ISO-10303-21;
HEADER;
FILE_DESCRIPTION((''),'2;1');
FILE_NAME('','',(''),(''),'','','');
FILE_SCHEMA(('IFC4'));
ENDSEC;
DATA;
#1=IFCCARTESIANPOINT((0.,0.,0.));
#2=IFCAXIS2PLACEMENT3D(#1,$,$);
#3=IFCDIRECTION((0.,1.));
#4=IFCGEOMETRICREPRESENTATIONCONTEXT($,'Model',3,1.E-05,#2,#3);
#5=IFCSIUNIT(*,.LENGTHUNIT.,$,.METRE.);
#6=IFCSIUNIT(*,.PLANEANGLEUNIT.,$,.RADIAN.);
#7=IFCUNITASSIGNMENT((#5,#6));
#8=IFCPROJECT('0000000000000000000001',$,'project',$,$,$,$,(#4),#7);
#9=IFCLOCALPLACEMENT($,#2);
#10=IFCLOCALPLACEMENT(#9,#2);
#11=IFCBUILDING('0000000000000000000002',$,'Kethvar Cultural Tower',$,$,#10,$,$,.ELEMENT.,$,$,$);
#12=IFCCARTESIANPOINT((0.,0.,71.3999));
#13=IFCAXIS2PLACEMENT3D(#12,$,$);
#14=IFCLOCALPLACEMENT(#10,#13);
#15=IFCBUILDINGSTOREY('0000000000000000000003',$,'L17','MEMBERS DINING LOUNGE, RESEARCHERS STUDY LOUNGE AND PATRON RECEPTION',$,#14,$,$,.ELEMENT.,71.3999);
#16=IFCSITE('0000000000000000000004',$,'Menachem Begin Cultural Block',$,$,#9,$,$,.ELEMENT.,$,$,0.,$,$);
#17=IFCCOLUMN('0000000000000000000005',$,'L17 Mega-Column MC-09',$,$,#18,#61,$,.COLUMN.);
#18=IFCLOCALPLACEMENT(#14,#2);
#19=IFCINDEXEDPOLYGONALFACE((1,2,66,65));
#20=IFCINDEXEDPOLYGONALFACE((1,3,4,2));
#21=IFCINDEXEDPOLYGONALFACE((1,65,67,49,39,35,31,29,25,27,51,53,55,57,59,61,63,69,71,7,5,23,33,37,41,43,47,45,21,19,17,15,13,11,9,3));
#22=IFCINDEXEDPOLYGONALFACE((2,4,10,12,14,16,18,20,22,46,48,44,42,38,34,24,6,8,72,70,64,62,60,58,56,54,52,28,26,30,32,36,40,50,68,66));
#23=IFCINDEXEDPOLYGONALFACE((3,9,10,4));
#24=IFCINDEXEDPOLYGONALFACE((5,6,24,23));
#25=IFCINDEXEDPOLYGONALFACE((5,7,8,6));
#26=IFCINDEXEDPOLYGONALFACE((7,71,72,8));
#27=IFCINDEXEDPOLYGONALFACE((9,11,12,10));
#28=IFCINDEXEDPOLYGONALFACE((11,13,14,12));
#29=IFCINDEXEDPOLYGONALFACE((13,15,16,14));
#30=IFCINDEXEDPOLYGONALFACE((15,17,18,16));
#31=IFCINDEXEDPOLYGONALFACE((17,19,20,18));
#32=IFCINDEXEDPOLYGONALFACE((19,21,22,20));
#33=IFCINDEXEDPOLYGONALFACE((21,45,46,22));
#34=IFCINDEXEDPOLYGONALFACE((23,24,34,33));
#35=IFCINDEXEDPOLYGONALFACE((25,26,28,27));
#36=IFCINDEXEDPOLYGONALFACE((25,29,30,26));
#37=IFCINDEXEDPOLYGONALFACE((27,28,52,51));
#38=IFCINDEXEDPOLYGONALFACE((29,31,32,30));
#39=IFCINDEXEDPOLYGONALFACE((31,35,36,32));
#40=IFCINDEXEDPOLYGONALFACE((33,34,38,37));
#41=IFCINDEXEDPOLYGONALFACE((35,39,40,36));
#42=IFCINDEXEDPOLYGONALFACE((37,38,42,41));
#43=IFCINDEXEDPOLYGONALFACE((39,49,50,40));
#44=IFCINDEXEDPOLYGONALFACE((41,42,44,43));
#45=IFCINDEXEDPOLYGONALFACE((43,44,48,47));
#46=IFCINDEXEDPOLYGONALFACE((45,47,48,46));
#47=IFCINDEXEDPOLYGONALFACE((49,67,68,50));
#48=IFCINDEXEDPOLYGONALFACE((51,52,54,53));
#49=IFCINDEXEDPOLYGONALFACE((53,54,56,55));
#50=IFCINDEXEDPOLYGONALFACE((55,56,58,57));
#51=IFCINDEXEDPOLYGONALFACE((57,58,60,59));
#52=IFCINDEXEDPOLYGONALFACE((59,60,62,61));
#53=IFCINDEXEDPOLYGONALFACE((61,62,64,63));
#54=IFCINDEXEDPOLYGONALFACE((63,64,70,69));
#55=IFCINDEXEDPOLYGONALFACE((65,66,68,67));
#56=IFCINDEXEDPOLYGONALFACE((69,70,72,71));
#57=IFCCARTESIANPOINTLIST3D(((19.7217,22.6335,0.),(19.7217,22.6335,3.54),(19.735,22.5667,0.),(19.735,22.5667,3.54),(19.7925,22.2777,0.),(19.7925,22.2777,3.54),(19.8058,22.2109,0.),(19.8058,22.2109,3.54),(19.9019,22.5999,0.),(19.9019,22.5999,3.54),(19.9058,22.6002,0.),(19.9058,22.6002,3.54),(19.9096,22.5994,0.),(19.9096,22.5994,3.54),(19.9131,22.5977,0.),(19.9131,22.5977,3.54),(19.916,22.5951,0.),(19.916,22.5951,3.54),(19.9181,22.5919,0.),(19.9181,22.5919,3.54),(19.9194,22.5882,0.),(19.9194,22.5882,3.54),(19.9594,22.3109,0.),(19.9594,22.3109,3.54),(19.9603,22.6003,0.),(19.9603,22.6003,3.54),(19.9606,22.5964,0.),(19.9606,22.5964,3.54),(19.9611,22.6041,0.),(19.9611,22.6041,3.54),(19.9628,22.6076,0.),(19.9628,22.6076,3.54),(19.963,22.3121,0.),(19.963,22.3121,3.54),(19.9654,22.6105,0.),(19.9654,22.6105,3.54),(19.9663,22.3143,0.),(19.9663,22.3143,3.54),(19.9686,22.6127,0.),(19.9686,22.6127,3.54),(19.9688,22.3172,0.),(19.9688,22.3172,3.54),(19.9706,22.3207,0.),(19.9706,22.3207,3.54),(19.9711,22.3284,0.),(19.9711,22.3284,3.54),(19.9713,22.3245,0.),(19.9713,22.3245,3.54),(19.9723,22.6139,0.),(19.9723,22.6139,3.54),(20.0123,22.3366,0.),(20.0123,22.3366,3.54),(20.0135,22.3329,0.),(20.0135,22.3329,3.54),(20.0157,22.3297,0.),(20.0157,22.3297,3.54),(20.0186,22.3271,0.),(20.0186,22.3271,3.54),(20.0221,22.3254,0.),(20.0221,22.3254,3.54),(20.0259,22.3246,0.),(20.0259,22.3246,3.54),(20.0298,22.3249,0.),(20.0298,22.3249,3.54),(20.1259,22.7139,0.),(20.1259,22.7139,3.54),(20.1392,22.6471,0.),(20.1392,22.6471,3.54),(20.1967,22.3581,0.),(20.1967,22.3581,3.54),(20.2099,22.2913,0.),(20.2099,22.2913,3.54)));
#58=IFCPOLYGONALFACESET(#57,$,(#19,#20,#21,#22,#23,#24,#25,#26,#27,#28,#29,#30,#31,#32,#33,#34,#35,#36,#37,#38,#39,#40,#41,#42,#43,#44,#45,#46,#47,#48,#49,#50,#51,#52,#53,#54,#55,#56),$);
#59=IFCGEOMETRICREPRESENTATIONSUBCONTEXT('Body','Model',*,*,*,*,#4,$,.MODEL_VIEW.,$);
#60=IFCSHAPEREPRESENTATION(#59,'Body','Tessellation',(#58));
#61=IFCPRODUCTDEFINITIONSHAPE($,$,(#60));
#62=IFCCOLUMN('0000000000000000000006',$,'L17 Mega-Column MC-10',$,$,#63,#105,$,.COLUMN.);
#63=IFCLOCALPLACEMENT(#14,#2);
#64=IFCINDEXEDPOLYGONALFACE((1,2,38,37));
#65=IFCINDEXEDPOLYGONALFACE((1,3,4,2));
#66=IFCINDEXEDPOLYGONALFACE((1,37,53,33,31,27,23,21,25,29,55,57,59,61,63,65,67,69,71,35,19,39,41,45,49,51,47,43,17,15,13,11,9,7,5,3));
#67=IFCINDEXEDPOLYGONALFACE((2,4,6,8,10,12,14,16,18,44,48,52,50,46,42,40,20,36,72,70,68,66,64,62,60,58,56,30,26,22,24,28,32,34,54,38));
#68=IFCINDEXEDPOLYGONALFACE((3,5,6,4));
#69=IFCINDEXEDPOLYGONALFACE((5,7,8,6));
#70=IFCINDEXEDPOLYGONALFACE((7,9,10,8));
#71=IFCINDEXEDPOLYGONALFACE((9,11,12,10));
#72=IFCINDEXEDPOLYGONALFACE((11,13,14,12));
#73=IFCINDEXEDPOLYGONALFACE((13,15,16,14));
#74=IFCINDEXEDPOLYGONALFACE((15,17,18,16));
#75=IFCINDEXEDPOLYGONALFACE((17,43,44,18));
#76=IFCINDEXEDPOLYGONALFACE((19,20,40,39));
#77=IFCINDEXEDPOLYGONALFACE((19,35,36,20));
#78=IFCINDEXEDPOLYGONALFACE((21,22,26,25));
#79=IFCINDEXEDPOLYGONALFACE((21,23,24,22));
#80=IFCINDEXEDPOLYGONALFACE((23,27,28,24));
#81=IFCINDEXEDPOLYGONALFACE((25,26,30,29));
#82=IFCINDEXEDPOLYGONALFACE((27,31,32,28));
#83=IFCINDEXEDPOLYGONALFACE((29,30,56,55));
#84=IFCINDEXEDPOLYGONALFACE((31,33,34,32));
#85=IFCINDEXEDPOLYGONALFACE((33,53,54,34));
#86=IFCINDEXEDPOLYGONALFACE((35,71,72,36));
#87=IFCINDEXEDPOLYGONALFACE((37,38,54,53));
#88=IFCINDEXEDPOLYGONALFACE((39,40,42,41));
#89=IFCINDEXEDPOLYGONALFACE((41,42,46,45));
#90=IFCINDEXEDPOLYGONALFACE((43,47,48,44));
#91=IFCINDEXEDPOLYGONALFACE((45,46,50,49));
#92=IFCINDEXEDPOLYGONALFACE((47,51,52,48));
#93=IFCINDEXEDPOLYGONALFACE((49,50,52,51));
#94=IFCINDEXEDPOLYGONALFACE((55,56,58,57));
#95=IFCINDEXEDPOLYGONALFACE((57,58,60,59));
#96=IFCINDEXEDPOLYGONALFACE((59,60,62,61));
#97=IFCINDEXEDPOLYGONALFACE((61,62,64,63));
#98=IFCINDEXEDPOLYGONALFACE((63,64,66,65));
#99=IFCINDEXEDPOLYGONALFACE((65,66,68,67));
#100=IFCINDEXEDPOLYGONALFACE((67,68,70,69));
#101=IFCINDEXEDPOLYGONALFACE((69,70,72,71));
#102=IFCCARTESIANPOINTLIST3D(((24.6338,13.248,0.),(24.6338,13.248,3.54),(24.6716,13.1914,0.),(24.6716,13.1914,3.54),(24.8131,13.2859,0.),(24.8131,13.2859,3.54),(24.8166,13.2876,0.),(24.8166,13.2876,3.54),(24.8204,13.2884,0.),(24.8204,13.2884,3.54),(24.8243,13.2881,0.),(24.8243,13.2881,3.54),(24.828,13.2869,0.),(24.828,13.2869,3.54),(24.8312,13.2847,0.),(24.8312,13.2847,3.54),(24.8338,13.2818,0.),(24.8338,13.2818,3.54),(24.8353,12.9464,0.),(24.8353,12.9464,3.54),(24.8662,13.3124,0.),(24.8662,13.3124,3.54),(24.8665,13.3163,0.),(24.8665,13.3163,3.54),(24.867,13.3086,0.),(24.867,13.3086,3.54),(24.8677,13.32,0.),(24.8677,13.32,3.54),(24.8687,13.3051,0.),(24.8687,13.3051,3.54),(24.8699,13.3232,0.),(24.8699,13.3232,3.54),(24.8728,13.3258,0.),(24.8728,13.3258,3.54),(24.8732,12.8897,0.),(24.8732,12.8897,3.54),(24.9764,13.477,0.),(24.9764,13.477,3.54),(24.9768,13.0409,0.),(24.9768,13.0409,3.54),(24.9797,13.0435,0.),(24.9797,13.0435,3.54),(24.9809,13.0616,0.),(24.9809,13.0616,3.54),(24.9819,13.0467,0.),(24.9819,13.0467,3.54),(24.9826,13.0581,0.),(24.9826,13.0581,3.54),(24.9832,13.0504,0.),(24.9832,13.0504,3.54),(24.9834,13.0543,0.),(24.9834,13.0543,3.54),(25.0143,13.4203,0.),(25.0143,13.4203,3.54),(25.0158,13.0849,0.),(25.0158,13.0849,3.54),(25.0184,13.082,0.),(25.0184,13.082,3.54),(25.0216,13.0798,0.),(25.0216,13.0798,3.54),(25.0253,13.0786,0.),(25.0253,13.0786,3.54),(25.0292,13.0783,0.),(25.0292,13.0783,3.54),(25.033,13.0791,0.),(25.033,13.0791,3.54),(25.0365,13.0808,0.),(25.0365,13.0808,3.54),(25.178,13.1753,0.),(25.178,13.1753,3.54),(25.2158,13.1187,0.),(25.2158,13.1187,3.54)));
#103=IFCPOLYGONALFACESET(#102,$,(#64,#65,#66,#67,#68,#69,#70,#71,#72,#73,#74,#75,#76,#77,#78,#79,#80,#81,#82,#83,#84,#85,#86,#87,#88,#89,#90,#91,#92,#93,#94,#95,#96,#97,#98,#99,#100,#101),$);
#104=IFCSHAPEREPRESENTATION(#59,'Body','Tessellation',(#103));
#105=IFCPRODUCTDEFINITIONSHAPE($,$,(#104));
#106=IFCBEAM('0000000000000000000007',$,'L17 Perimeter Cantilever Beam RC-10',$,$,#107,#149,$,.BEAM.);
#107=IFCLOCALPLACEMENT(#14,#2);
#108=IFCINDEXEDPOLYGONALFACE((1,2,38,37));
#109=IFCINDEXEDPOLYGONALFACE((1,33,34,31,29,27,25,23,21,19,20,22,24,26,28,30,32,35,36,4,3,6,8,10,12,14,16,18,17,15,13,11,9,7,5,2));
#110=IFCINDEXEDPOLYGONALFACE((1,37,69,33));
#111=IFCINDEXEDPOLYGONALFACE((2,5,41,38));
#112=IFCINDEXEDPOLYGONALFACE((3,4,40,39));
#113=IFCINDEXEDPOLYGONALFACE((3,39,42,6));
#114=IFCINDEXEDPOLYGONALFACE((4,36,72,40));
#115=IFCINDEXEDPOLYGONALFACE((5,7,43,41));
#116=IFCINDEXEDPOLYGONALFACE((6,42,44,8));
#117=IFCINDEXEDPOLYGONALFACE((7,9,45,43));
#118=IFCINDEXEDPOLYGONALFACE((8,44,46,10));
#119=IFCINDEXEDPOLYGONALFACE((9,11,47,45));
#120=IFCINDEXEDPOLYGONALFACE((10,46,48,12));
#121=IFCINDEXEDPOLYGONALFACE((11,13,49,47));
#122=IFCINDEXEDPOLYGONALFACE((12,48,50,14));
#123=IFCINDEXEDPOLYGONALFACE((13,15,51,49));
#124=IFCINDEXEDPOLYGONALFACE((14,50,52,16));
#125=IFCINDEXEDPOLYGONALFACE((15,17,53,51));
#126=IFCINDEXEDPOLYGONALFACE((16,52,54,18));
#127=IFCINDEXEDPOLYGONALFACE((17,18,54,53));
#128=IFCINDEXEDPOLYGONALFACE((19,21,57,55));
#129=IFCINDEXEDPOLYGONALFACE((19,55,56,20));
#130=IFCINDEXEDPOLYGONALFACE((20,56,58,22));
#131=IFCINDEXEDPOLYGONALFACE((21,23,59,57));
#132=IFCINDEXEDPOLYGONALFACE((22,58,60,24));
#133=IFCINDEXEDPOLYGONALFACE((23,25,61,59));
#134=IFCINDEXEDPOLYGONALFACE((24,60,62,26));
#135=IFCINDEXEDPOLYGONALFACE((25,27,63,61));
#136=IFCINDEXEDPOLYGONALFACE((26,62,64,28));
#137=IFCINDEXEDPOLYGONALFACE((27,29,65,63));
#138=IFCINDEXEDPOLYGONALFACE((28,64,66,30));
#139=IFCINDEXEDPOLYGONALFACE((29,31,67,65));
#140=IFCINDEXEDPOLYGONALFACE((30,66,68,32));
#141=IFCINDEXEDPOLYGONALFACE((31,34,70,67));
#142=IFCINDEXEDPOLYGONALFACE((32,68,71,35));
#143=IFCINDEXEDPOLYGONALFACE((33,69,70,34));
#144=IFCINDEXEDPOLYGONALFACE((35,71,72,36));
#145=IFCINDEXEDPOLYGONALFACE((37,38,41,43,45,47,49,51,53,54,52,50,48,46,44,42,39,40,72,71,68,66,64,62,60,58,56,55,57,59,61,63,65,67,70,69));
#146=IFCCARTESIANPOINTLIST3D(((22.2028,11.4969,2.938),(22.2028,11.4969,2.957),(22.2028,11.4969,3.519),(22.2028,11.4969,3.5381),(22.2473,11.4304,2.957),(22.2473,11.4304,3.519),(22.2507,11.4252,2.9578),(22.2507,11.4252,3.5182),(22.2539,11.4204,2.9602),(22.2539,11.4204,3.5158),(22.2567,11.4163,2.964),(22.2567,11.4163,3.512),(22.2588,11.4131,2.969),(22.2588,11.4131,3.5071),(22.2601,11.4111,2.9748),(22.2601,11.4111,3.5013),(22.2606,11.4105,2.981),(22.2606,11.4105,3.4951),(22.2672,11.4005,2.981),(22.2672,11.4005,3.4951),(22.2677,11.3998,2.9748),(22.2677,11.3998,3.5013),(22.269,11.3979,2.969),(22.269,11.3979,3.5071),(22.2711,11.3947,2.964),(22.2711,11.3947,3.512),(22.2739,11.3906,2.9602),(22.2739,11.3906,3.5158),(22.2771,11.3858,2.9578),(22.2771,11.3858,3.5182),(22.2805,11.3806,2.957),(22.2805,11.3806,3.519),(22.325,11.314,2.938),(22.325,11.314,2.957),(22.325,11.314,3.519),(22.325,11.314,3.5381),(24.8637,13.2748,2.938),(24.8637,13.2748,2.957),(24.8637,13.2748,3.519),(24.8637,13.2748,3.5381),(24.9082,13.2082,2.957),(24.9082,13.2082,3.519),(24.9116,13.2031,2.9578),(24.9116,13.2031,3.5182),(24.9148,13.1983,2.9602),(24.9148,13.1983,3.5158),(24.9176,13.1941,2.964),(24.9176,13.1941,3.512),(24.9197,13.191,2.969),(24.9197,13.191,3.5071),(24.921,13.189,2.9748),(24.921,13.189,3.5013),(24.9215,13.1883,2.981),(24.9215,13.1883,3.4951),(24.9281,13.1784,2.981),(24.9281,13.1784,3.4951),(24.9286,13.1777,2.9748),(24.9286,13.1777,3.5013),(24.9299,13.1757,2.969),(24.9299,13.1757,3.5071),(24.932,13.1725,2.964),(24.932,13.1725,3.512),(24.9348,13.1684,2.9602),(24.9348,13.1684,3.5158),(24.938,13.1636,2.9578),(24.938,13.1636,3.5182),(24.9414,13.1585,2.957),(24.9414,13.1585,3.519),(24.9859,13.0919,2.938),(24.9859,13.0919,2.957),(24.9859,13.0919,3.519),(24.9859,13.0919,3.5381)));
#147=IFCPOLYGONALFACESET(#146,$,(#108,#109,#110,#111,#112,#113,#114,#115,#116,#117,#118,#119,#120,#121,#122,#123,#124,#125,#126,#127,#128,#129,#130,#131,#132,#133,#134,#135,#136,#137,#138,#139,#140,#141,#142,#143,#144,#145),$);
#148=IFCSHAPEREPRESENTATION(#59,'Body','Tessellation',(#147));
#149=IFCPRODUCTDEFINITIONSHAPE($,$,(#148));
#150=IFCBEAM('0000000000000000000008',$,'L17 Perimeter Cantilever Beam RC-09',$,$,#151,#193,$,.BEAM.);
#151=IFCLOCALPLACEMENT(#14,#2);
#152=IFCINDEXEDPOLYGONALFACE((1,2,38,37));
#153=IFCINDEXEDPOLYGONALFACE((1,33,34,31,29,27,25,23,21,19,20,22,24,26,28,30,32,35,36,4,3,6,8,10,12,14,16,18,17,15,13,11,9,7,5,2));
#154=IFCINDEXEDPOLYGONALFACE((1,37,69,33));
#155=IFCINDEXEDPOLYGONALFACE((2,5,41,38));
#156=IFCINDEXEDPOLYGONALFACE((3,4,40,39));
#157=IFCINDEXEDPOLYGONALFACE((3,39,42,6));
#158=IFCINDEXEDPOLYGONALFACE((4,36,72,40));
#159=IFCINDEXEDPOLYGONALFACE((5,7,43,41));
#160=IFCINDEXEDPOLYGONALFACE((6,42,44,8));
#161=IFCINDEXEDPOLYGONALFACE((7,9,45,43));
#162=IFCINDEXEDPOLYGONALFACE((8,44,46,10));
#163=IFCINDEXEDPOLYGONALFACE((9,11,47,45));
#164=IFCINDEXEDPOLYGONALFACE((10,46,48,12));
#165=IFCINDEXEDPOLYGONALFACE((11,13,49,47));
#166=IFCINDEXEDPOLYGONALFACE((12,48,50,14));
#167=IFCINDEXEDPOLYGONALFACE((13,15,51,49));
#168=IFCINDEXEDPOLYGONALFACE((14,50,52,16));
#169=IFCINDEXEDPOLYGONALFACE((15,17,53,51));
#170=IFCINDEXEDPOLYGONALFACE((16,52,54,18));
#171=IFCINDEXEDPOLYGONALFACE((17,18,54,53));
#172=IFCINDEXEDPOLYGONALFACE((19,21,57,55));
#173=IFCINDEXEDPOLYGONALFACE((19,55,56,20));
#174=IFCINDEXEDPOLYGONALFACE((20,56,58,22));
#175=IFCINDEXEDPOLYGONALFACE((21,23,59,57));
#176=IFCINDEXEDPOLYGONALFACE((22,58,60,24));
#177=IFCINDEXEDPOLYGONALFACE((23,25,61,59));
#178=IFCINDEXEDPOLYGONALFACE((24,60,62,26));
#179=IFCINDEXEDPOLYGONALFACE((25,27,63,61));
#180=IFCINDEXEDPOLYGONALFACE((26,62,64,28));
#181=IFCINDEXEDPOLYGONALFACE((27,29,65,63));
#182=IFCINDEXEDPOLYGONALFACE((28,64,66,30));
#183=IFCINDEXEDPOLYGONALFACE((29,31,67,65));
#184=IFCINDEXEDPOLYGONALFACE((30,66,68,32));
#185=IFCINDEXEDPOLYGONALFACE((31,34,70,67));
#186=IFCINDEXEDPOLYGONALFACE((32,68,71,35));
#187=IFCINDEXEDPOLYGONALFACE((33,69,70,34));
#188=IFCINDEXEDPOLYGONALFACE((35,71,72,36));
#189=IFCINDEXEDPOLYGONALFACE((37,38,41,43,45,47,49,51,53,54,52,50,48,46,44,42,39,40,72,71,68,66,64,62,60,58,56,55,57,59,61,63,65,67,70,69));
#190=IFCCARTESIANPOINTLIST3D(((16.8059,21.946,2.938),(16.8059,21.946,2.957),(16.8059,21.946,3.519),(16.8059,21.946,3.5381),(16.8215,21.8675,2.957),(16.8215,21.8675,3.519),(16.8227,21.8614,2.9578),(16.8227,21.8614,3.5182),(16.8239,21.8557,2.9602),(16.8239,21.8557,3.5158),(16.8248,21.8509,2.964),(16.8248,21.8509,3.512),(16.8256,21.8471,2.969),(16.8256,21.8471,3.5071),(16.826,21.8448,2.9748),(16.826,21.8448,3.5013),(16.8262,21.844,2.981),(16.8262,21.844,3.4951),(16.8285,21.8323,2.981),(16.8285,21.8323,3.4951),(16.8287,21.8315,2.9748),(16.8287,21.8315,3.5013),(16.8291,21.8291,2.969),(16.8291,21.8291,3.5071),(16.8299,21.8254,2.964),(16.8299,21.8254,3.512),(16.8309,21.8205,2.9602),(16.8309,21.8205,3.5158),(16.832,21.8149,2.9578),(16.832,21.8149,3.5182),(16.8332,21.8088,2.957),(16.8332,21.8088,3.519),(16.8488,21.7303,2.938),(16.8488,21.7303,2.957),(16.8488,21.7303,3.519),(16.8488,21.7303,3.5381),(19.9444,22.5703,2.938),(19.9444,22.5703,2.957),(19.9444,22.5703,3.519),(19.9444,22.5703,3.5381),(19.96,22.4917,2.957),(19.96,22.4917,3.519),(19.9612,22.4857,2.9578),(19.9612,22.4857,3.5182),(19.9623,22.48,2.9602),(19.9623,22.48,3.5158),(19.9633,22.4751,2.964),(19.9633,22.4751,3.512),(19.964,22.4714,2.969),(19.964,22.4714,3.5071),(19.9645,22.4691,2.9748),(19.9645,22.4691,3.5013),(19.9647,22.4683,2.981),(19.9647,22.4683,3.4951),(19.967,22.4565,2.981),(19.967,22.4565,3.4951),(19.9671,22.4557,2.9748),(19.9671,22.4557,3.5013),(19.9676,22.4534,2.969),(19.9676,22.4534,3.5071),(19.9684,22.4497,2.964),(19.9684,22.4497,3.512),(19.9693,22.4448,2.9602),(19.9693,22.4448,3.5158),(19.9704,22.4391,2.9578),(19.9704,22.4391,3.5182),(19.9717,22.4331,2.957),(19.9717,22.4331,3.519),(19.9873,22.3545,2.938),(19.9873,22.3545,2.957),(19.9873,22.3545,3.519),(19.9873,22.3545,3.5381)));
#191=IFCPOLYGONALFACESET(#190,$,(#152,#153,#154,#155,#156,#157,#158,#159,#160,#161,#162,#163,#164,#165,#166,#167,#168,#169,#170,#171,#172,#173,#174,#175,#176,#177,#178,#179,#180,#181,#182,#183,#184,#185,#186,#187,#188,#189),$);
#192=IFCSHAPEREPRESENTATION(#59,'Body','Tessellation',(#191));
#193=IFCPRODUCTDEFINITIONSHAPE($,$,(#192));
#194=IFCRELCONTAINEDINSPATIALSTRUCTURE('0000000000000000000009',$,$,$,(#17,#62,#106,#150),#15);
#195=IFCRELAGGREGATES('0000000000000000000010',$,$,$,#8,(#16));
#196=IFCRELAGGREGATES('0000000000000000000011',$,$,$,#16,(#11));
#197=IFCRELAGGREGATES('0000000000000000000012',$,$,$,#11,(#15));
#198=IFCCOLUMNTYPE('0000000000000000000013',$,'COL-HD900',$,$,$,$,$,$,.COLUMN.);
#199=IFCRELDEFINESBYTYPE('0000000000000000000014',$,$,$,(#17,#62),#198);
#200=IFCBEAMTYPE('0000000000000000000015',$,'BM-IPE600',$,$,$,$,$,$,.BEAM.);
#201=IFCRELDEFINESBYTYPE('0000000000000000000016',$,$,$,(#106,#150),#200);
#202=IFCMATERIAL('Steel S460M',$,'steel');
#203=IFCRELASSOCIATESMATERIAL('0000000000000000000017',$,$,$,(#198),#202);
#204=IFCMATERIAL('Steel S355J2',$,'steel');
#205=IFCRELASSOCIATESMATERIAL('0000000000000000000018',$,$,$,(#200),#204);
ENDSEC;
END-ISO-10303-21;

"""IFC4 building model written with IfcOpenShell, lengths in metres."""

from ifc_helpers import new_model, si_unit, direction, frame, origin, origin_2d, place, context, subcontext, project, spatial, i_section, extrude, source, transform, mapped, material, material_profile, profile_set, type_object, element, save


model = new_model("IFC4")

# Units and contexts
model_context = context("Model", 3, precision=1e-05, world=origin(), true_north=direction((0.0, 1.0)))
body_context = subcontext(model_context, "Body", "Model", "MODEL_VIEW")
ifc_project = project(units=[si_unit("LENGTHUNIT", "METRE"), si_unit("PLANEANGLEUNIT", "RADIAN")], contexts=[model_context])

# Site, building, storey
site_placement = place(None, origin())
site = spatial("IfcSite", under=ifc_project, at=site_placement, Name="Menachem Begin Cultural Block", CompositionType="ELEMENT", RefElevation=0.0)
building_placement = place(site_placement, origin())
building = spatial("IfcBuilding", under=site, at=building_placement, Name="Kethvar Cultural Tower", CompositionType="ELEMENT")
storey_placement = place(building_placement, frame((0.0, 0.0, 71.3999)))
storey = spatial("IfcBuildingStorey", under=building, at=storey_placement, Name="L17", Description="MEMBERS DINING LOUNGE, RESEARCHERS STUDY LOUNGE AND PATRON RECEPTION", CompositionType="ELEMENT", Elevation=71.3999)

# Columns
ifc_material_1 = material(Name="Steel S460M", Category="steel")
ifc_material_profile_1 = material_profile(ifc_material_1, i_section(OverallWidth=0.4121, OverallDepth=0.4309, WebThickness=0.042, FlangeThickness=0.0681, FilletRadius=0.0149, at=origin_2d()), Name="Steel S460M — HD400x900")
ifc_profile_set_1 = profile_set([ifc_material_profile_1], Name="Steel S460M — HD400x900")
column_type = type_object("IfcColumnType", Name="COL-HD900", PredefinedType="COLUMN", material=ifc_profile_set_1)
shared_shape_1 = source(origin(), body_context, "Body", "SweptSolid", [
    extrude(i_section(OverallWidth=0.4121, OverallDepth=0.4309, WebThickness=0.042, FlangeThickness=0.0681, FilletRadius=0.0149, at=origin_2d()), origin(), (0.0, 0.0, 1.0), 3.54),
])
for number, where, z_axis, x_axis, name in (
    (1, (19.9658, 22.4624, 0.0), (0.0, 0.0, 1.0), (-0.980785, -0.19509, 0.0), "L17 Mega-Column MC-09"),
    (2, (24.9248, 13.1833, 0.0), (0.0, 0.0, 1.0), (-0.83147, -0.55557, 0.0), "L17 Mega-Column MC-10"),
):
    element("IfcColumn", number, at=place(storey_placement, frame(where, z_axis=z_axis, x_axis=x_axis)), inside=storey, type_object=column_type, Name=name, PredefinedType="COLUMN", context=body_context, shape_type="MappedRepresentation", body=[
        mapped(shared_shape_1, transform((0.0, 0.0, 0.0), scale=1.0)),
    ])

# Beams
ifc_material_2 = material(Name="Steel S355J2", Category="steel")
ifc_material_profile_2 = material_profile(ifc_material_2, i_section(OverallWidth=0.22, OverallDepth=0.6001, WebThickness=0.012, FlangeThickness=0.019, FilletRadius=0.0239, at=origin_2d()), Name="Steel S355J2 — IPE600")
ifc_profile_set_2 = profile_set([ifc_material_profile_2], Name="Steel S355J2 — IPE600")
beam_type_1 = type_object("IfcBeamType", Name="BM-IPE600", PredefinedType="BEAM", material=ifc_profile_set_2)
shared_shape_2 = source(origin(), body_context, "Body", "SweptSolid", [
    extrude(i_section(OverallWidth=0.22, OverallDepth=0.6001, WebThickness=0.012, FlangeThickness=0.019, FilletRadius=0.0239, at=origin_2d()), origin(), (0.0, 0.0, 1.0), 3.2002),
])
beam_1_placement = place(storey_placement, frame((24.9248, 13.1833, 3.238), z_axis=(-0.831486, -0.555545, 0.0), x_axis=(0.555545, -0.831486, 0.0)))
element("IfcBeam", 3, at=beam_1_placement, inside=storey, type_object=beam_type_1, Name="L17 Perimeter Cantilever Beam RC-10", PredefinedType="BEAM", context=body_context, shape_type="MappedRepresentation", body=[
    mapped(shared_shape_2, transform((0.0, 0.0, 0.0), scale=1.0)),
])
shared_shape_3 = source(origin(), body_context, "Body", "SweptSolid", [
    extrude(i_section(OverallWidth=0.22, OverallDepth=0.6001, WebThickness=0.012, FlangeThickness=0.019, FilletRadius=0.0239, at=origin_2d()), origin(), (0.0, 0.0, 1.0), 3.2),
])
beam_2_placement = place(storey_placement, frame((19.9658, 22.4624, 3.238), z_axis=(-0.980786, -0.195089, 0.0), x_axis=(0.195089, -0.980786, 0.0)))
element("IfcBeam", 4, at=beam_2_placement, inside=storey, type_object=beam_type_1, Name="L17 Perimeter Cantilever Beam RC-09", PredefinedType="BEAM", context=body_context, shape_type="MappedRepresentation", body=[
    mapped(shared_shape_3, transform((0.0, 0.0, 0.0), scale=1.0)),
])

save(model, "model.ifc")
